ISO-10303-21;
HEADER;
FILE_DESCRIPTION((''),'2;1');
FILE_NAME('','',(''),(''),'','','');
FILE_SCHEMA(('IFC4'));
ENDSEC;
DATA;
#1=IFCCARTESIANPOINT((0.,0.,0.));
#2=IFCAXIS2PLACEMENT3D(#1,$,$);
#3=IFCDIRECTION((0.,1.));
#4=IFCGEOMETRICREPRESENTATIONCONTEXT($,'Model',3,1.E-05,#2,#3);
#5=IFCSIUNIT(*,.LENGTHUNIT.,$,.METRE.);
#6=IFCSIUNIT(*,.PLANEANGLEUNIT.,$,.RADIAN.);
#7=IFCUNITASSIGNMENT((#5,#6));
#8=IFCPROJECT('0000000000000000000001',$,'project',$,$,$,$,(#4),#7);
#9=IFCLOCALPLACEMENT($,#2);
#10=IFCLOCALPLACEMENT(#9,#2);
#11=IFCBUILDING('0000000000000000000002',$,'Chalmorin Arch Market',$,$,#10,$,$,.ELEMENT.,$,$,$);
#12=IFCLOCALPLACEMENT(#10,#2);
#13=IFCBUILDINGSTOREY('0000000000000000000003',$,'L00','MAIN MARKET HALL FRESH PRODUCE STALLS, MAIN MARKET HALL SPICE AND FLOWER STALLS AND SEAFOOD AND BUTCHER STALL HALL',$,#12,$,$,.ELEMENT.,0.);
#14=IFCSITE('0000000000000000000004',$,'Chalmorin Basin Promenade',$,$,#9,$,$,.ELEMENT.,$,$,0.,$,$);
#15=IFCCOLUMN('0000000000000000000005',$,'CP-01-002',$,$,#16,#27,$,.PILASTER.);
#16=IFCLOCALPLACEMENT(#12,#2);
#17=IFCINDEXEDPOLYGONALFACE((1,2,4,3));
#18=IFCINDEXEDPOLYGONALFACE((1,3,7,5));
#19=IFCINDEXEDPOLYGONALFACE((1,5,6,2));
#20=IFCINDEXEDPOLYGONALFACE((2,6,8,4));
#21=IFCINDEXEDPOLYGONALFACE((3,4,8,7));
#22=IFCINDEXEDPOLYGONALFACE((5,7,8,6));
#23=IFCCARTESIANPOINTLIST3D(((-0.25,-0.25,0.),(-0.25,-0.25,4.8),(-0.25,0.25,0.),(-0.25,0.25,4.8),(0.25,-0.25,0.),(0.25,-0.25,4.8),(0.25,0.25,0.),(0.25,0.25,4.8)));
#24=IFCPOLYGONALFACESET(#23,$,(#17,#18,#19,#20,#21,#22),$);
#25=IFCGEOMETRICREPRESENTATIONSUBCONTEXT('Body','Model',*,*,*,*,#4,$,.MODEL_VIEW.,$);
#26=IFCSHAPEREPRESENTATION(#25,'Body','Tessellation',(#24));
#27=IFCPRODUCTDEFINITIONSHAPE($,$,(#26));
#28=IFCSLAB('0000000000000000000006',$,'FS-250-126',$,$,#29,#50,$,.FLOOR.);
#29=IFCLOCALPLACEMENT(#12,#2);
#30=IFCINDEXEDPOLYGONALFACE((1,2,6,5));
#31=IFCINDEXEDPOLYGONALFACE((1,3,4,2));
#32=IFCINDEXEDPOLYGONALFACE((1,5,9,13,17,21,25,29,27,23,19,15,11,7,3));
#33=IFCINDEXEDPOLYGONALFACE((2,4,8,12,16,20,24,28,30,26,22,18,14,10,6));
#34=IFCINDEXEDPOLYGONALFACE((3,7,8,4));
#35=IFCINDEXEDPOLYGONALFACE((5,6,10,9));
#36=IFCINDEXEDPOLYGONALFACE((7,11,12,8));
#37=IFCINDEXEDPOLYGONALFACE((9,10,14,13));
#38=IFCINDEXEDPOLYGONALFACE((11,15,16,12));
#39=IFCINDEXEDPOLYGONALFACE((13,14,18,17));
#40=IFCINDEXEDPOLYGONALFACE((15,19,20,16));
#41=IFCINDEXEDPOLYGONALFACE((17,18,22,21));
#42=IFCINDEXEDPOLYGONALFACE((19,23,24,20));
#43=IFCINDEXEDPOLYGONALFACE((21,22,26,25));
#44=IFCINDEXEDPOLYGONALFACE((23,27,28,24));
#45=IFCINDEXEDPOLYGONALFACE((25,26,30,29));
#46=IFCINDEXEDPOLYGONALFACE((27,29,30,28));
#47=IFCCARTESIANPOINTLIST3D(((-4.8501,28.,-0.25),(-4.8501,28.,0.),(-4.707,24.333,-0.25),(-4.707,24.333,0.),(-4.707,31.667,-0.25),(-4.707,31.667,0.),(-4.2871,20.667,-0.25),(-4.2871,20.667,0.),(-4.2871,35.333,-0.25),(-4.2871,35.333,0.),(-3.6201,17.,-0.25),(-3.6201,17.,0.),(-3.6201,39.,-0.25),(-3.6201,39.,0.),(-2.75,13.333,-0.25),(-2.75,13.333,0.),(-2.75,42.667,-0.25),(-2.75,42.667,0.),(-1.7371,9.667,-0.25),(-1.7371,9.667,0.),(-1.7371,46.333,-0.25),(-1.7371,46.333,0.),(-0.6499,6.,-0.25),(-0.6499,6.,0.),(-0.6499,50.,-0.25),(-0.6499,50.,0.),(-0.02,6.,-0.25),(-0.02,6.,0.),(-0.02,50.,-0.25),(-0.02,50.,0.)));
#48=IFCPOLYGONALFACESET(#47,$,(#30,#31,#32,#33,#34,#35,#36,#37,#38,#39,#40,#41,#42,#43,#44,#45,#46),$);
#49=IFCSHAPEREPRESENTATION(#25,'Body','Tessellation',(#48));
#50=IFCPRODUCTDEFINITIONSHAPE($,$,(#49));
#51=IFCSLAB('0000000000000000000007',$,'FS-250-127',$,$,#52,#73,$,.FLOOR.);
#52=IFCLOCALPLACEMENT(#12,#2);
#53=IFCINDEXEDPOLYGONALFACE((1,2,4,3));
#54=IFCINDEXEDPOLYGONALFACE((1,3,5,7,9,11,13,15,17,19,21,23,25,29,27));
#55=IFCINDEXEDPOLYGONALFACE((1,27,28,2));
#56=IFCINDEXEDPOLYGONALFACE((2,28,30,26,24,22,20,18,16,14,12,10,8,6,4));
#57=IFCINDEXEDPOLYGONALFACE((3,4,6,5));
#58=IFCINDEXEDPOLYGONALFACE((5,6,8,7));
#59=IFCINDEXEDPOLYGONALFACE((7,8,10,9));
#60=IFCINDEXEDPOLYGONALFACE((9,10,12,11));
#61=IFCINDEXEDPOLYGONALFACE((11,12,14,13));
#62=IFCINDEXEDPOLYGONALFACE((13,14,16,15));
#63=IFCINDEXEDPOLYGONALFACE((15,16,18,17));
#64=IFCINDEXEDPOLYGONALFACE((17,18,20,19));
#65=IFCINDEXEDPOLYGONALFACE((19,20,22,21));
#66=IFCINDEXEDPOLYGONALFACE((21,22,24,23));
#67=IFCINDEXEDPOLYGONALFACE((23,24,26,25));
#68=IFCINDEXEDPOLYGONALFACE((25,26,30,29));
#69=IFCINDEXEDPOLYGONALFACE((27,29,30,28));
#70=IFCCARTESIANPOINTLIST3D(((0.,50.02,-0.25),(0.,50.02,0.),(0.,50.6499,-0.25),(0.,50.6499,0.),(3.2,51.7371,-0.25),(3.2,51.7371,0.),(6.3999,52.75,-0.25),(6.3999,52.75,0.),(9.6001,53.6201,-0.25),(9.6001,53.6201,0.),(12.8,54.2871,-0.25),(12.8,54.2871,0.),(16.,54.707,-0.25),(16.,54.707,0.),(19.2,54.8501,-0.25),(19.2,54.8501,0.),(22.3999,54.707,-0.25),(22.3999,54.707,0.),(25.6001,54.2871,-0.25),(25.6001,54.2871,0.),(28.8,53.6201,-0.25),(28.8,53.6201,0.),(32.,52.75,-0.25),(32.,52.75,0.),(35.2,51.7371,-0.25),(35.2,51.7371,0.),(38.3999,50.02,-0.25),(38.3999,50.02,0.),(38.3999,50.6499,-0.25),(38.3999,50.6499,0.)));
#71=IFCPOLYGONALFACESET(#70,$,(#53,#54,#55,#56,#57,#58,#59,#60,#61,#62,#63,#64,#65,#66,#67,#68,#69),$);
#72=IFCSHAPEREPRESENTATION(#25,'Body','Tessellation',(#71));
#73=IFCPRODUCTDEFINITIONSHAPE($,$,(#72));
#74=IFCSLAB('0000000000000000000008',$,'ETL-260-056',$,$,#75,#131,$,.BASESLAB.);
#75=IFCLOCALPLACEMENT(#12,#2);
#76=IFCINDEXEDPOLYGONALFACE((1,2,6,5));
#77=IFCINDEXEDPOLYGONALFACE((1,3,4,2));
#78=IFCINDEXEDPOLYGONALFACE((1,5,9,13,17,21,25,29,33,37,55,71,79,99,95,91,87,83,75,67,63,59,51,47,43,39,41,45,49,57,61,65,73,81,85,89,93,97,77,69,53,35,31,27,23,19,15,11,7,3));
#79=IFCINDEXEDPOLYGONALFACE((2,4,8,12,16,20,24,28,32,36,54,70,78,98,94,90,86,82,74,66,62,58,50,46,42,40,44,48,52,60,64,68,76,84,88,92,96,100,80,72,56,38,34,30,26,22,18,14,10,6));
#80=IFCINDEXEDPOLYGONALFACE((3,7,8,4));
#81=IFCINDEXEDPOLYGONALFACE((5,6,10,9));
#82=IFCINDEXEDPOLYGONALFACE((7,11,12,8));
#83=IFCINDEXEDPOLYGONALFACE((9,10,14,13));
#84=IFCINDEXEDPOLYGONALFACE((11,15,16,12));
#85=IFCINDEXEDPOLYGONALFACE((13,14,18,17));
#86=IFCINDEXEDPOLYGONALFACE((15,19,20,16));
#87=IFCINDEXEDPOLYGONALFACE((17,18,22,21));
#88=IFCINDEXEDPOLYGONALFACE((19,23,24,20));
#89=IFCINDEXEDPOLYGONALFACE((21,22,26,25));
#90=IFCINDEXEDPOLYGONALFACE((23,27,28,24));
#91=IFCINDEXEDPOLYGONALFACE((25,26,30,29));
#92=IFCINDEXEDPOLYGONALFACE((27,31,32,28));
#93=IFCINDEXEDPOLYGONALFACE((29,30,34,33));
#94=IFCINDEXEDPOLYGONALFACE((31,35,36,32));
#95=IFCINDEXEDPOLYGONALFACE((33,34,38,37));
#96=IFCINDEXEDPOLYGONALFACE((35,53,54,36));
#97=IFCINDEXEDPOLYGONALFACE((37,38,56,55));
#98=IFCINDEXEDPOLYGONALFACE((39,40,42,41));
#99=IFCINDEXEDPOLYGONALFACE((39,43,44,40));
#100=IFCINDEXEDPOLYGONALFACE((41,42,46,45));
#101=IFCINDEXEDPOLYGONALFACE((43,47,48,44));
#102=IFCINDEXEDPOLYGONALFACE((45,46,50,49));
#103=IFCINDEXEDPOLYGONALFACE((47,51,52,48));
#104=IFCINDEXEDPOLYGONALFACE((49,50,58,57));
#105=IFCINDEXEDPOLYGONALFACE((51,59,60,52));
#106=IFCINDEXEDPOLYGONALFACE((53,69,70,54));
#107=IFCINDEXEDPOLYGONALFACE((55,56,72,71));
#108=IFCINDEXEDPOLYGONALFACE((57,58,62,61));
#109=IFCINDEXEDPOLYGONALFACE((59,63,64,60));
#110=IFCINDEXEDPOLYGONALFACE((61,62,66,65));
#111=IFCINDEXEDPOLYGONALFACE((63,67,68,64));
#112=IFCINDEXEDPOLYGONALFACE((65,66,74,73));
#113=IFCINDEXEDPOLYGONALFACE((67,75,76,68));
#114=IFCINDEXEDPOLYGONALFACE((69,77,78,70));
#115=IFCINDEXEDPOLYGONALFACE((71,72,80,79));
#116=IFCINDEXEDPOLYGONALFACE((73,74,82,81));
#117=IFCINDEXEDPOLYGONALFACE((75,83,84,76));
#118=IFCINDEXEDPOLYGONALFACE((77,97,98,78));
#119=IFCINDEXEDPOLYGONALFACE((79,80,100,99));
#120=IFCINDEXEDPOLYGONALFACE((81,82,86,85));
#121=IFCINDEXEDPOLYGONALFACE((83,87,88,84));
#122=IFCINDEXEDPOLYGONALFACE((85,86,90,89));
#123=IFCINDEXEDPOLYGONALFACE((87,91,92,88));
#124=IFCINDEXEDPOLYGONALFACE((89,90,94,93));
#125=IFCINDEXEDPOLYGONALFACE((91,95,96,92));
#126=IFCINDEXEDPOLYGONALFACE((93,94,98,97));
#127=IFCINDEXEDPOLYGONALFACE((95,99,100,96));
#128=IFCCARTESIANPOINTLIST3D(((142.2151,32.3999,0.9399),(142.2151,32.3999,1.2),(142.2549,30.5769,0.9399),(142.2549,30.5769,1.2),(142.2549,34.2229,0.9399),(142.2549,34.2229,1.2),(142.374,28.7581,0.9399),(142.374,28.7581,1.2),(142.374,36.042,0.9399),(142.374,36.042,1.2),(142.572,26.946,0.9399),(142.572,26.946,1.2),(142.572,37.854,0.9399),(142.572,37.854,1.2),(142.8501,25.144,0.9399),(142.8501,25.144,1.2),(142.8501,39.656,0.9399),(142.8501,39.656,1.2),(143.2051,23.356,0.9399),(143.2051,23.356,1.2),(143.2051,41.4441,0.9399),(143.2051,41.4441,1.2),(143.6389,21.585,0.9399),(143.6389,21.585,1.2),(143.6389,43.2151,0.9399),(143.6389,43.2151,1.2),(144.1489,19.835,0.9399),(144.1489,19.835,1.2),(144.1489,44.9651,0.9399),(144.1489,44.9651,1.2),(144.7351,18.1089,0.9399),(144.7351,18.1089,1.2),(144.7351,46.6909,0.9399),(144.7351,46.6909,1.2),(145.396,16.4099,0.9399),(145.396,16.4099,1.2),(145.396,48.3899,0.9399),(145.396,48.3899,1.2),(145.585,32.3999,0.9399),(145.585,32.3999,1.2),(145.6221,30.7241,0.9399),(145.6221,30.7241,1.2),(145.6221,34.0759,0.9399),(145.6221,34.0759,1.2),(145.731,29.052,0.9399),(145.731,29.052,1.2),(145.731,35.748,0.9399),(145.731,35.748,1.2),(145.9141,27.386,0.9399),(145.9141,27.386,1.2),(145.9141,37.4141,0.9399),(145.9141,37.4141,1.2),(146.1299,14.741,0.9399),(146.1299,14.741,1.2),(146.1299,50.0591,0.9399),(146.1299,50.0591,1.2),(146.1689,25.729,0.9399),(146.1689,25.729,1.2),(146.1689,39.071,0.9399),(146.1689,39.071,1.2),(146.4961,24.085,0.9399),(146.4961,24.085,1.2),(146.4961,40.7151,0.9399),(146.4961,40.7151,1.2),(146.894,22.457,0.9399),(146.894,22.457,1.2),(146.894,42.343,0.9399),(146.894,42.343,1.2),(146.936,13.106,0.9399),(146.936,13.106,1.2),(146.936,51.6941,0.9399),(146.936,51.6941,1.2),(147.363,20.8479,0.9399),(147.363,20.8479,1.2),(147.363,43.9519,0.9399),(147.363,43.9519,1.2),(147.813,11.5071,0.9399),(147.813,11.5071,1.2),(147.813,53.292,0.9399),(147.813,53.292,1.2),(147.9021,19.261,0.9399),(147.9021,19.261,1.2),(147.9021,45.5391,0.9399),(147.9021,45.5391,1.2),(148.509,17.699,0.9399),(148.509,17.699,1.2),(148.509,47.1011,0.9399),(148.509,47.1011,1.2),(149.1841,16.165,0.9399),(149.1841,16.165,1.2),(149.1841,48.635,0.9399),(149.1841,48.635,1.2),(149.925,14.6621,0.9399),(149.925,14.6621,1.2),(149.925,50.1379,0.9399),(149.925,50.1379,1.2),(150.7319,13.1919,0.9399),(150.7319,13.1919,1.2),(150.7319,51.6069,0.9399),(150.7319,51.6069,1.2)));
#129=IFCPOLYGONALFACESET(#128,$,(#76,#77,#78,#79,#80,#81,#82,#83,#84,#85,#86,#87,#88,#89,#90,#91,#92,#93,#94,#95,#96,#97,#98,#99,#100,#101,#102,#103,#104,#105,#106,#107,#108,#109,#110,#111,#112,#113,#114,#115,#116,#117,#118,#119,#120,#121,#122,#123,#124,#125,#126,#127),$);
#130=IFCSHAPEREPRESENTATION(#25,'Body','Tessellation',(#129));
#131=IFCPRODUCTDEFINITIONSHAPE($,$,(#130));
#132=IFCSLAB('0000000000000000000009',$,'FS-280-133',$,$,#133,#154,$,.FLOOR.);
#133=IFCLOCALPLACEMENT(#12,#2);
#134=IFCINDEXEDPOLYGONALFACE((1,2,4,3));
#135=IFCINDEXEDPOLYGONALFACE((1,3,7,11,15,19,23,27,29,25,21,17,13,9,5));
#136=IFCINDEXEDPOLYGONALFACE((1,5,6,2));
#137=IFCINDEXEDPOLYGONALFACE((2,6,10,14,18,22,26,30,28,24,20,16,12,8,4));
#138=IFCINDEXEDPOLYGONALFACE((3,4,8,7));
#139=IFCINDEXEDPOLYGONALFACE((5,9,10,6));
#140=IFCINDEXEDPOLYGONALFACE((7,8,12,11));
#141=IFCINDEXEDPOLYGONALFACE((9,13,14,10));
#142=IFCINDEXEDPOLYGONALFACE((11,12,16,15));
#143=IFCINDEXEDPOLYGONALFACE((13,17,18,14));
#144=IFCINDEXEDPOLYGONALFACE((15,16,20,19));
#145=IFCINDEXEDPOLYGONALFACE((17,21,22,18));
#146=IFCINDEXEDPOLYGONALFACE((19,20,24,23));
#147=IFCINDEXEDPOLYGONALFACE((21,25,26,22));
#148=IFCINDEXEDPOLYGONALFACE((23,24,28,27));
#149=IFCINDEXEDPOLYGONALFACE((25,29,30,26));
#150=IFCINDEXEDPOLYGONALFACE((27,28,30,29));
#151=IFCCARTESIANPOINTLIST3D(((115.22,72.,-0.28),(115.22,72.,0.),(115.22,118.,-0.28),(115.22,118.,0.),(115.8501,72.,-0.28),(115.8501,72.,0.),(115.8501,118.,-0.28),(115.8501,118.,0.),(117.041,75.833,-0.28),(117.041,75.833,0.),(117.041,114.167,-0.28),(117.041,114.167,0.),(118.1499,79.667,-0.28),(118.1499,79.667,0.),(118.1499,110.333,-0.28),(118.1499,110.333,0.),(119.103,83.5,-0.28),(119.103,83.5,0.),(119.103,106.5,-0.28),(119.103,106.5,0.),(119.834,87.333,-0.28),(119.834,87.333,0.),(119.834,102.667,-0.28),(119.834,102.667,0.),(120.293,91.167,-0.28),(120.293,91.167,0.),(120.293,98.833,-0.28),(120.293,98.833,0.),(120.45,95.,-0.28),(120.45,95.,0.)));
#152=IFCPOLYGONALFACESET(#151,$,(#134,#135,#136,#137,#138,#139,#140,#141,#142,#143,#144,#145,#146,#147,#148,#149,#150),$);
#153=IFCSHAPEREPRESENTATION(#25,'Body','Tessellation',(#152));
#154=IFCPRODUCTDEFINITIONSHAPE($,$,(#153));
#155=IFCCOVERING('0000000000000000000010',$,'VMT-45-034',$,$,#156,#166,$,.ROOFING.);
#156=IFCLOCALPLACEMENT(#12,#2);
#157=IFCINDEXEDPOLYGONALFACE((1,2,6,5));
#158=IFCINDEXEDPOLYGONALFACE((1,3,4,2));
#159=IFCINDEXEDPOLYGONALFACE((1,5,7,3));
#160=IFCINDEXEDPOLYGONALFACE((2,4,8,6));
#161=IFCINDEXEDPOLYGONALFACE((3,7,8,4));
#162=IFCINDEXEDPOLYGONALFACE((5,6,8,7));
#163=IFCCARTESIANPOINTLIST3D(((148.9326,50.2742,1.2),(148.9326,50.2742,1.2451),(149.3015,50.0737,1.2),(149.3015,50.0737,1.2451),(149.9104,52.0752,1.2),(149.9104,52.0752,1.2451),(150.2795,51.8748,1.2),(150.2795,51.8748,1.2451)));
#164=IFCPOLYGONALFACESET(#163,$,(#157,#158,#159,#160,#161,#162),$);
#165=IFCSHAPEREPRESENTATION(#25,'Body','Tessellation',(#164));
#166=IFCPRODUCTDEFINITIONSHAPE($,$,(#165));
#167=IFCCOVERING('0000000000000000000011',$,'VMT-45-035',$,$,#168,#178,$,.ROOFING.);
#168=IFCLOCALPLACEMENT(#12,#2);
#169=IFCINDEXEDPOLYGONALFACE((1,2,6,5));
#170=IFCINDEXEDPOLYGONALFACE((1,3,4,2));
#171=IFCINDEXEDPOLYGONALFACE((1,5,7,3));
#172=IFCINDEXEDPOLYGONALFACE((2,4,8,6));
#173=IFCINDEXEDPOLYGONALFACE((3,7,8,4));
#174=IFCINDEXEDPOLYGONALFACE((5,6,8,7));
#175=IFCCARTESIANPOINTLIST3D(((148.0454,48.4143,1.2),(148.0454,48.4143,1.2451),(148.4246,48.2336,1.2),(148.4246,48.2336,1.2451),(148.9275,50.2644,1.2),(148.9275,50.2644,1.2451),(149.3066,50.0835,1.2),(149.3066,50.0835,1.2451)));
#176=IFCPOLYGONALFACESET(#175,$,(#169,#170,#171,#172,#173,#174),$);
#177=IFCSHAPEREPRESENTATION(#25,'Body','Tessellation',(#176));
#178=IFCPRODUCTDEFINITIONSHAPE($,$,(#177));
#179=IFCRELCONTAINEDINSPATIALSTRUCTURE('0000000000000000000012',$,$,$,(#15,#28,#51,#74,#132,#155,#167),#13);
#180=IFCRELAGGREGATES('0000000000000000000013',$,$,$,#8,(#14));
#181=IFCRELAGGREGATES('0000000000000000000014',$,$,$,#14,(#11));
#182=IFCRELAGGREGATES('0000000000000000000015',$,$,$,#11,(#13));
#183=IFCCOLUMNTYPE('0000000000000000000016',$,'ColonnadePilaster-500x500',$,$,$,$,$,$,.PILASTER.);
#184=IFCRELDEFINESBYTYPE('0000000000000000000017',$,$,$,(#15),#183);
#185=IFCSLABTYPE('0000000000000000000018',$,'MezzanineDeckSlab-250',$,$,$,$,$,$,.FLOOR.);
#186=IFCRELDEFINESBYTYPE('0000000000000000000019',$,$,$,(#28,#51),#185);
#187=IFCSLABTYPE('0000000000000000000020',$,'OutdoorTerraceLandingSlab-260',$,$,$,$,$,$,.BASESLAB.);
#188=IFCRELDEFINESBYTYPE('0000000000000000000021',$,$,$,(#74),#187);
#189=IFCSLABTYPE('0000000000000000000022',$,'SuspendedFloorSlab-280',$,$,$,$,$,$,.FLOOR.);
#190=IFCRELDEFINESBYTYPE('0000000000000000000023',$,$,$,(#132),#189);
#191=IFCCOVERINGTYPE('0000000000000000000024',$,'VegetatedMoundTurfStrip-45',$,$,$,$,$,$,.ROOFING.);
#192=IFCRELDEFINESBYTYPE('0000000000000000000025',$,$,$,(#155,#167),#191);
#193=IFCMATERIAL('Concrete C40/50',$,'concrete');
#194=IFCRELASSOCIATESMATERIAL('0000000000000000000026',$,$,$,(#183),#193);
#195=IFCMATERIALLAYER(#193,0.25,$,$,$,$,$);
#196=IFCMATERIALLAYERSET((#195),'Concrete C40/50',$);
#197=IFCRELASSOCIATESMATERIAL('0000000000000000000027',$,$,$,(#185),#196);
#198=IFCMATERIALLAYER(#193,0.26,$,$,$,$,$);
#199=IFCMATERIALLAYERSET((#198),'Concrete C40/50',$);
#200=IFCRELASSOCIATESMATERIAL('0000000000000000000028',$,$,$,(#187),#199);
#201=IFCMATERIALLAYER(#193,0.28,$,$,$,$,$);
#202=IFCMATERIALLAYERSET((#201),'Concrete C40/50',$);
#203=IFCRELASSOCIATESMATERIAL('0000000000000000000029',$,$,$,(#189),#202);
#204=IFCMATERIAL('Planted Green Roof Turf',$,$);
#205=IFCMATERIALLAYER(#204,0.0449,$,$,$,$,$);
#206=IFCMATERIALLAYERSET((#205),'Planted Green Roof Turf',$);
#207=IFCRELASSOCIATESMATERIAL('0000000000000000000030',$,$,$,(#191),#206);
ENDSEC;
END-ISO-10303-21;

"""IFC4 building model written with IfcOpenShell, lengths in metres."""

from ifc_helpers import new_model, si_unit, direction, frame, origin, origin_with_axes, origin_2d, place, context, subcontext, project, spatial, polyline, rectangle, outline, extrude, material, layer, layer_set, material_profile, profile_set, type_object, element, save


model = new_model("IFC4")

# Units and contexts
model_context = context("Model", 3, precision=1e-05, world=origin(), true_north=direction((0.0, 1.0)))
body_context = subcontext(model_context, "Body", "Model", "MODEL_VIEW")
ifc_project = project(units=[si_unit("LENGTHUNIT", "METRE"), si_unit("PLANEANGLEUNIT", "RADIAN")], contexts=[model_context])

# Site, building, storey
site_placement = place(None, origin())
site = spatial("IfcSite", under=ifc_project, at=site_placement, Name="Chalmorin Basin Promenade", CompositionType="ELEMENT", RefElevation=0.0)
building_placement = place(site_placement, origin())
building = spatial("IfcBuilding", under=site, at=building_placement, Name="Chalmorin Arch Market", CompositionType="ELEMENT")
storey_placement = place(building_placement, origin())
storey = spatial("IfcBuildingStorey", under=building, at=storey_placement, Name="L00", Description="MAIN MARKET HALL FRESH PRODUCE STALLS, MAIN MARKET HALL SPICE AND FLOWER STALLS AND SEAFOOD AND BUTCHER STALL HALL", CompositionType="ELEMENT", Elevation=0.0)

# Column
ifc_material_1 = material(Name="Concrete C40/50", Category="concrete")
ifc_material_profile = material_profile(ifc_material_1, rectangle(XDim=0.5, YDim=0.5, at=origin_2d()), Name="RC500X500")
ifc_profile_set = profile_set([ifc_material_profile], Name="Concrete C40/50")
column_type = type_object("IfcColumnType", Name="ColonnadePilaster-500x500", PredefinedType="PILASTER", material=ifc_profile_set)
column_placement = place(storey_placement, origin_with_axes())
element("IfcColumn", 1, at=column_placement, inside=storey, type_object=column_type, Name="CP-01-002", PredefinedType="PILASTER", context=body_context, shape_type="SweptSolid", body=[
    extrude(rectangle(XDim=0.5, YDim=0.5, at=origin_2d()), origin(), (0.0, 0.0, 1.0), 4.8),
])

# Slabs
ifc_layer_1 = layer(ifc_material_1, 0.25)
ifc_layer_set_1 = layer_set([ifc_layer_1], Name="Concrete C40/50")
slab_type_1 = type_object("IfcSlabType", Name="MezzanineDeckSlab-250", PredefinedType="FLOOR", material=ifc_layer_set_1)
slab_1_placement = place(storey_placement, frame((0.0, 0.0, -0.25)))
element("IfcSlab", 2, at=slab_1_placement, inside=storey, type_object=slab_type_1, Name="FS-250-126", PredefinedType="FLOOR", context=body_context, shape_type="SweptSolid", body=[
    extrude(outline(polyline([(-0.02, 6.0), (-0.6499, 6.0), (-1.7371, 9.667), (-2.75, 13.333), (-3.6201, 17.0), (-4.2871, 20.667), (-4.707, 24.333), (-4.8501, 28.0), (-4.707, 31.667), (-4.2871, 35.333), (-3.6201, 39.0), (-2.75, 42.667), (-1.7371, 46.333), (-0.6499, 50.0), (-0.02, 50.0), (-0.02, 6.0)])), origin(), (0.0, 0.0, 1.0), 0.25),
])
slab_2_placement = place(storey_placement, frame((0.0, 0.0, -0.25)))
element("IfcSlab", 3, at=slab_2_placement, inside=storey, type_object=slab_type_1, Name="FS-250-127", PredefinedType="FLOOR", context=body_context, shape_type="SweptSolid", body=[
    extrude(outline(polyline([(0.0, 50.02), (0.0, 50.6499), (3.2, 51.7371), (6.3999, 52.75), (9.6001, 53.6201), (12.8, 54.2871), (16.0, 54.707), (19.2, 54.8501), (22.3999, 54.707), (25.6001, 54.2871), (28.8, 53.6201), (32.0, 52.75), (35.2, 51.7371), (38.3999, 50.6499), (38.3999, 50.02), (0.0, 50.02)])), origin(), (0.0, 0.0, 1.0), 0.25),
])
ifc_layer_2 = layer(ifc_material_1, 0.26)
ifc_layer_set_2 = layer_set([ifc_layer_2], Name="Concrete C40/50")
slab_type_2 = type_object("IfcSlabType", Name="OutdoorTerraceLandingSlab-260", PredefinedType="BASESLAB", material=ifc_layer_set_2)
slab_3_placement = place(storey_placement, frame((0.0, 0.0, 0.9399)))
element("IfcSlab", 4, at=slab_3_placement, inside=storey, type_object=slab_type_2, Name="ETL-260-056", PredefinedType="BASESLAB", context=body_context, shape_type="SweptSolid", body=[
    extrude(outline(polyline([(147.813, 53.292), (146.936, 51.6941), (146.1299, 50.0591), (145.396, 48.3899), (144.7351, 46.6909), (144.1489, 44.9651), (143.6389, 43.2151), (143.2051, 41.4441), (142.8501, 39.656), (142.572, 37.854), (142.374, 36.042), (142.2549, 34.2229), (142.2151, 32.3999), (142.2549, 30.5769), (142.374, 28.7581), (142.572, 26.946), (142.8501, 25.144), (143.2051, 23.356), (143.6389, 21.585), (144.1489, 19.835), (144.7351, 18.1089), (145.396, 16.4099), (146.1299, 14.741), (146.936, 13.106), (147.813, 11.5071), (150.7319, 13.1919), (149.925, 14.6621), (149.1841, 16.165), (148.509, 17.699), (147.9021, 19.261), (147.363, 20.8479), (146.894, 22.457), (146.4961, 24.085), (146.1689, 25.729), (145.9141, 27.386), (145.731, 29.052), (145.6221, 30.7241), (145.585, 32.3999), (145.6221, 34.0759), (145.731, 35.748), (145.9141, 37.4141), (146.1689, 39.071), (146.4961, 40.7151), (146.894, 42.343), (147.363, 43.9519), (147.9021, 45.5391), (148.509, 47.1011), (149.1841, 48.635), (149.925, 50.1379), (150.7319, 51.6069), (147.813, 53.292)])), origin(), (0.0, 0.0, 1.0), 0.26),
])
ifc_layer_3 = layer(ifc_material_1, 0.28)
ifc_layer_set_3 = layer_set([ifc_layer_3], Name="Concrete C40/50")
slab_type_3 = type_object("IfcSlabType", Name="SuspendedFloorSlab-280", PredefinedType="FLOOR", material=ifc_layer_set_3)
slab_4_placement = place(storey_placement, frame((0.0, 0.0, -0.28)))
element("IfcSlab", 5, at=slab_4_placement, inside=storey, type_object=slab_type_3, Name="FS-280-133", PredefinedType="FLOOR", context=body_context, shape_type="SweptSolid", body=[
    extrude(outline(polyline([(115.22, 72.0), (115.8501, 72.0), (117.041, 75.833), (118.1499, 79.667), (119.103, 83.5), (119.834, 87.333), (120.293, 91.167), (120.45, 95.0), (120.293, 98.833), (119.834, 102.667), (119.103, 106.5), (118.1499, 110.333), (117.041, 114.167), (115.8501, 118.0), (115.22, 118.0), (115.22, 72.0)])), origin(), (0.0, 0.0, 1.0), 0.28),
])

# Coverings
ifc_material_2 = material(Name="Planted Green Roof Turf")
ifc_layer_4 = layer(ifc_material_2, 0.0449)
ifc_layer_set_4 = layer_set([ifc_layer_4], Name="Planted Green Roof Turf")
covering_type_1 = type_object("IfcCoveringType", Name="VegetatedMoundTurfStrip-45", PredefinedType="ROOFING", material=ifc_layer_set_4)
covering_1_placement = place(storey_placement, frame((0.0, 0.0, 1.2)))
element("IfcCovering", 6, at=covering_1_placement, inside=storey, type_object=covering_type_1, Name="VMT-45-034", PredefinedType="ROOFING", context=body_context, shape_type="SweptSolid", body=[
    extrude(outline(polyline([(149.9104, 52.0752), (148.9326, 50.2742), (149.3015, 50.0737), (150.2795, 51.8748), (149.9104, 52.0752)])), origin(), (0.0, 0.0, 1.0), 0.0452),
])
covering_2_placement = place(storey_placement, frame((0.0, 0.0, 1.2)))
element("IfcCovering", 7, at=covering_2_placement, inside=storey, type_object=covering_type_1, Name="VMT-45-035", PredefinedType="ROOFING", context=body_context, shape_type="SweptSolid", body=[
    extrude(outline(polyline([(148.9275, 50.2644), (148.0454, 48.4143), (148.4246, 48.2336), (149.3066, 50.0835), (148.9275, 50.2644)])), origin(), (0.0, 0.0, 1.0), 0.0452),
])

save(model, "model.ifc")
